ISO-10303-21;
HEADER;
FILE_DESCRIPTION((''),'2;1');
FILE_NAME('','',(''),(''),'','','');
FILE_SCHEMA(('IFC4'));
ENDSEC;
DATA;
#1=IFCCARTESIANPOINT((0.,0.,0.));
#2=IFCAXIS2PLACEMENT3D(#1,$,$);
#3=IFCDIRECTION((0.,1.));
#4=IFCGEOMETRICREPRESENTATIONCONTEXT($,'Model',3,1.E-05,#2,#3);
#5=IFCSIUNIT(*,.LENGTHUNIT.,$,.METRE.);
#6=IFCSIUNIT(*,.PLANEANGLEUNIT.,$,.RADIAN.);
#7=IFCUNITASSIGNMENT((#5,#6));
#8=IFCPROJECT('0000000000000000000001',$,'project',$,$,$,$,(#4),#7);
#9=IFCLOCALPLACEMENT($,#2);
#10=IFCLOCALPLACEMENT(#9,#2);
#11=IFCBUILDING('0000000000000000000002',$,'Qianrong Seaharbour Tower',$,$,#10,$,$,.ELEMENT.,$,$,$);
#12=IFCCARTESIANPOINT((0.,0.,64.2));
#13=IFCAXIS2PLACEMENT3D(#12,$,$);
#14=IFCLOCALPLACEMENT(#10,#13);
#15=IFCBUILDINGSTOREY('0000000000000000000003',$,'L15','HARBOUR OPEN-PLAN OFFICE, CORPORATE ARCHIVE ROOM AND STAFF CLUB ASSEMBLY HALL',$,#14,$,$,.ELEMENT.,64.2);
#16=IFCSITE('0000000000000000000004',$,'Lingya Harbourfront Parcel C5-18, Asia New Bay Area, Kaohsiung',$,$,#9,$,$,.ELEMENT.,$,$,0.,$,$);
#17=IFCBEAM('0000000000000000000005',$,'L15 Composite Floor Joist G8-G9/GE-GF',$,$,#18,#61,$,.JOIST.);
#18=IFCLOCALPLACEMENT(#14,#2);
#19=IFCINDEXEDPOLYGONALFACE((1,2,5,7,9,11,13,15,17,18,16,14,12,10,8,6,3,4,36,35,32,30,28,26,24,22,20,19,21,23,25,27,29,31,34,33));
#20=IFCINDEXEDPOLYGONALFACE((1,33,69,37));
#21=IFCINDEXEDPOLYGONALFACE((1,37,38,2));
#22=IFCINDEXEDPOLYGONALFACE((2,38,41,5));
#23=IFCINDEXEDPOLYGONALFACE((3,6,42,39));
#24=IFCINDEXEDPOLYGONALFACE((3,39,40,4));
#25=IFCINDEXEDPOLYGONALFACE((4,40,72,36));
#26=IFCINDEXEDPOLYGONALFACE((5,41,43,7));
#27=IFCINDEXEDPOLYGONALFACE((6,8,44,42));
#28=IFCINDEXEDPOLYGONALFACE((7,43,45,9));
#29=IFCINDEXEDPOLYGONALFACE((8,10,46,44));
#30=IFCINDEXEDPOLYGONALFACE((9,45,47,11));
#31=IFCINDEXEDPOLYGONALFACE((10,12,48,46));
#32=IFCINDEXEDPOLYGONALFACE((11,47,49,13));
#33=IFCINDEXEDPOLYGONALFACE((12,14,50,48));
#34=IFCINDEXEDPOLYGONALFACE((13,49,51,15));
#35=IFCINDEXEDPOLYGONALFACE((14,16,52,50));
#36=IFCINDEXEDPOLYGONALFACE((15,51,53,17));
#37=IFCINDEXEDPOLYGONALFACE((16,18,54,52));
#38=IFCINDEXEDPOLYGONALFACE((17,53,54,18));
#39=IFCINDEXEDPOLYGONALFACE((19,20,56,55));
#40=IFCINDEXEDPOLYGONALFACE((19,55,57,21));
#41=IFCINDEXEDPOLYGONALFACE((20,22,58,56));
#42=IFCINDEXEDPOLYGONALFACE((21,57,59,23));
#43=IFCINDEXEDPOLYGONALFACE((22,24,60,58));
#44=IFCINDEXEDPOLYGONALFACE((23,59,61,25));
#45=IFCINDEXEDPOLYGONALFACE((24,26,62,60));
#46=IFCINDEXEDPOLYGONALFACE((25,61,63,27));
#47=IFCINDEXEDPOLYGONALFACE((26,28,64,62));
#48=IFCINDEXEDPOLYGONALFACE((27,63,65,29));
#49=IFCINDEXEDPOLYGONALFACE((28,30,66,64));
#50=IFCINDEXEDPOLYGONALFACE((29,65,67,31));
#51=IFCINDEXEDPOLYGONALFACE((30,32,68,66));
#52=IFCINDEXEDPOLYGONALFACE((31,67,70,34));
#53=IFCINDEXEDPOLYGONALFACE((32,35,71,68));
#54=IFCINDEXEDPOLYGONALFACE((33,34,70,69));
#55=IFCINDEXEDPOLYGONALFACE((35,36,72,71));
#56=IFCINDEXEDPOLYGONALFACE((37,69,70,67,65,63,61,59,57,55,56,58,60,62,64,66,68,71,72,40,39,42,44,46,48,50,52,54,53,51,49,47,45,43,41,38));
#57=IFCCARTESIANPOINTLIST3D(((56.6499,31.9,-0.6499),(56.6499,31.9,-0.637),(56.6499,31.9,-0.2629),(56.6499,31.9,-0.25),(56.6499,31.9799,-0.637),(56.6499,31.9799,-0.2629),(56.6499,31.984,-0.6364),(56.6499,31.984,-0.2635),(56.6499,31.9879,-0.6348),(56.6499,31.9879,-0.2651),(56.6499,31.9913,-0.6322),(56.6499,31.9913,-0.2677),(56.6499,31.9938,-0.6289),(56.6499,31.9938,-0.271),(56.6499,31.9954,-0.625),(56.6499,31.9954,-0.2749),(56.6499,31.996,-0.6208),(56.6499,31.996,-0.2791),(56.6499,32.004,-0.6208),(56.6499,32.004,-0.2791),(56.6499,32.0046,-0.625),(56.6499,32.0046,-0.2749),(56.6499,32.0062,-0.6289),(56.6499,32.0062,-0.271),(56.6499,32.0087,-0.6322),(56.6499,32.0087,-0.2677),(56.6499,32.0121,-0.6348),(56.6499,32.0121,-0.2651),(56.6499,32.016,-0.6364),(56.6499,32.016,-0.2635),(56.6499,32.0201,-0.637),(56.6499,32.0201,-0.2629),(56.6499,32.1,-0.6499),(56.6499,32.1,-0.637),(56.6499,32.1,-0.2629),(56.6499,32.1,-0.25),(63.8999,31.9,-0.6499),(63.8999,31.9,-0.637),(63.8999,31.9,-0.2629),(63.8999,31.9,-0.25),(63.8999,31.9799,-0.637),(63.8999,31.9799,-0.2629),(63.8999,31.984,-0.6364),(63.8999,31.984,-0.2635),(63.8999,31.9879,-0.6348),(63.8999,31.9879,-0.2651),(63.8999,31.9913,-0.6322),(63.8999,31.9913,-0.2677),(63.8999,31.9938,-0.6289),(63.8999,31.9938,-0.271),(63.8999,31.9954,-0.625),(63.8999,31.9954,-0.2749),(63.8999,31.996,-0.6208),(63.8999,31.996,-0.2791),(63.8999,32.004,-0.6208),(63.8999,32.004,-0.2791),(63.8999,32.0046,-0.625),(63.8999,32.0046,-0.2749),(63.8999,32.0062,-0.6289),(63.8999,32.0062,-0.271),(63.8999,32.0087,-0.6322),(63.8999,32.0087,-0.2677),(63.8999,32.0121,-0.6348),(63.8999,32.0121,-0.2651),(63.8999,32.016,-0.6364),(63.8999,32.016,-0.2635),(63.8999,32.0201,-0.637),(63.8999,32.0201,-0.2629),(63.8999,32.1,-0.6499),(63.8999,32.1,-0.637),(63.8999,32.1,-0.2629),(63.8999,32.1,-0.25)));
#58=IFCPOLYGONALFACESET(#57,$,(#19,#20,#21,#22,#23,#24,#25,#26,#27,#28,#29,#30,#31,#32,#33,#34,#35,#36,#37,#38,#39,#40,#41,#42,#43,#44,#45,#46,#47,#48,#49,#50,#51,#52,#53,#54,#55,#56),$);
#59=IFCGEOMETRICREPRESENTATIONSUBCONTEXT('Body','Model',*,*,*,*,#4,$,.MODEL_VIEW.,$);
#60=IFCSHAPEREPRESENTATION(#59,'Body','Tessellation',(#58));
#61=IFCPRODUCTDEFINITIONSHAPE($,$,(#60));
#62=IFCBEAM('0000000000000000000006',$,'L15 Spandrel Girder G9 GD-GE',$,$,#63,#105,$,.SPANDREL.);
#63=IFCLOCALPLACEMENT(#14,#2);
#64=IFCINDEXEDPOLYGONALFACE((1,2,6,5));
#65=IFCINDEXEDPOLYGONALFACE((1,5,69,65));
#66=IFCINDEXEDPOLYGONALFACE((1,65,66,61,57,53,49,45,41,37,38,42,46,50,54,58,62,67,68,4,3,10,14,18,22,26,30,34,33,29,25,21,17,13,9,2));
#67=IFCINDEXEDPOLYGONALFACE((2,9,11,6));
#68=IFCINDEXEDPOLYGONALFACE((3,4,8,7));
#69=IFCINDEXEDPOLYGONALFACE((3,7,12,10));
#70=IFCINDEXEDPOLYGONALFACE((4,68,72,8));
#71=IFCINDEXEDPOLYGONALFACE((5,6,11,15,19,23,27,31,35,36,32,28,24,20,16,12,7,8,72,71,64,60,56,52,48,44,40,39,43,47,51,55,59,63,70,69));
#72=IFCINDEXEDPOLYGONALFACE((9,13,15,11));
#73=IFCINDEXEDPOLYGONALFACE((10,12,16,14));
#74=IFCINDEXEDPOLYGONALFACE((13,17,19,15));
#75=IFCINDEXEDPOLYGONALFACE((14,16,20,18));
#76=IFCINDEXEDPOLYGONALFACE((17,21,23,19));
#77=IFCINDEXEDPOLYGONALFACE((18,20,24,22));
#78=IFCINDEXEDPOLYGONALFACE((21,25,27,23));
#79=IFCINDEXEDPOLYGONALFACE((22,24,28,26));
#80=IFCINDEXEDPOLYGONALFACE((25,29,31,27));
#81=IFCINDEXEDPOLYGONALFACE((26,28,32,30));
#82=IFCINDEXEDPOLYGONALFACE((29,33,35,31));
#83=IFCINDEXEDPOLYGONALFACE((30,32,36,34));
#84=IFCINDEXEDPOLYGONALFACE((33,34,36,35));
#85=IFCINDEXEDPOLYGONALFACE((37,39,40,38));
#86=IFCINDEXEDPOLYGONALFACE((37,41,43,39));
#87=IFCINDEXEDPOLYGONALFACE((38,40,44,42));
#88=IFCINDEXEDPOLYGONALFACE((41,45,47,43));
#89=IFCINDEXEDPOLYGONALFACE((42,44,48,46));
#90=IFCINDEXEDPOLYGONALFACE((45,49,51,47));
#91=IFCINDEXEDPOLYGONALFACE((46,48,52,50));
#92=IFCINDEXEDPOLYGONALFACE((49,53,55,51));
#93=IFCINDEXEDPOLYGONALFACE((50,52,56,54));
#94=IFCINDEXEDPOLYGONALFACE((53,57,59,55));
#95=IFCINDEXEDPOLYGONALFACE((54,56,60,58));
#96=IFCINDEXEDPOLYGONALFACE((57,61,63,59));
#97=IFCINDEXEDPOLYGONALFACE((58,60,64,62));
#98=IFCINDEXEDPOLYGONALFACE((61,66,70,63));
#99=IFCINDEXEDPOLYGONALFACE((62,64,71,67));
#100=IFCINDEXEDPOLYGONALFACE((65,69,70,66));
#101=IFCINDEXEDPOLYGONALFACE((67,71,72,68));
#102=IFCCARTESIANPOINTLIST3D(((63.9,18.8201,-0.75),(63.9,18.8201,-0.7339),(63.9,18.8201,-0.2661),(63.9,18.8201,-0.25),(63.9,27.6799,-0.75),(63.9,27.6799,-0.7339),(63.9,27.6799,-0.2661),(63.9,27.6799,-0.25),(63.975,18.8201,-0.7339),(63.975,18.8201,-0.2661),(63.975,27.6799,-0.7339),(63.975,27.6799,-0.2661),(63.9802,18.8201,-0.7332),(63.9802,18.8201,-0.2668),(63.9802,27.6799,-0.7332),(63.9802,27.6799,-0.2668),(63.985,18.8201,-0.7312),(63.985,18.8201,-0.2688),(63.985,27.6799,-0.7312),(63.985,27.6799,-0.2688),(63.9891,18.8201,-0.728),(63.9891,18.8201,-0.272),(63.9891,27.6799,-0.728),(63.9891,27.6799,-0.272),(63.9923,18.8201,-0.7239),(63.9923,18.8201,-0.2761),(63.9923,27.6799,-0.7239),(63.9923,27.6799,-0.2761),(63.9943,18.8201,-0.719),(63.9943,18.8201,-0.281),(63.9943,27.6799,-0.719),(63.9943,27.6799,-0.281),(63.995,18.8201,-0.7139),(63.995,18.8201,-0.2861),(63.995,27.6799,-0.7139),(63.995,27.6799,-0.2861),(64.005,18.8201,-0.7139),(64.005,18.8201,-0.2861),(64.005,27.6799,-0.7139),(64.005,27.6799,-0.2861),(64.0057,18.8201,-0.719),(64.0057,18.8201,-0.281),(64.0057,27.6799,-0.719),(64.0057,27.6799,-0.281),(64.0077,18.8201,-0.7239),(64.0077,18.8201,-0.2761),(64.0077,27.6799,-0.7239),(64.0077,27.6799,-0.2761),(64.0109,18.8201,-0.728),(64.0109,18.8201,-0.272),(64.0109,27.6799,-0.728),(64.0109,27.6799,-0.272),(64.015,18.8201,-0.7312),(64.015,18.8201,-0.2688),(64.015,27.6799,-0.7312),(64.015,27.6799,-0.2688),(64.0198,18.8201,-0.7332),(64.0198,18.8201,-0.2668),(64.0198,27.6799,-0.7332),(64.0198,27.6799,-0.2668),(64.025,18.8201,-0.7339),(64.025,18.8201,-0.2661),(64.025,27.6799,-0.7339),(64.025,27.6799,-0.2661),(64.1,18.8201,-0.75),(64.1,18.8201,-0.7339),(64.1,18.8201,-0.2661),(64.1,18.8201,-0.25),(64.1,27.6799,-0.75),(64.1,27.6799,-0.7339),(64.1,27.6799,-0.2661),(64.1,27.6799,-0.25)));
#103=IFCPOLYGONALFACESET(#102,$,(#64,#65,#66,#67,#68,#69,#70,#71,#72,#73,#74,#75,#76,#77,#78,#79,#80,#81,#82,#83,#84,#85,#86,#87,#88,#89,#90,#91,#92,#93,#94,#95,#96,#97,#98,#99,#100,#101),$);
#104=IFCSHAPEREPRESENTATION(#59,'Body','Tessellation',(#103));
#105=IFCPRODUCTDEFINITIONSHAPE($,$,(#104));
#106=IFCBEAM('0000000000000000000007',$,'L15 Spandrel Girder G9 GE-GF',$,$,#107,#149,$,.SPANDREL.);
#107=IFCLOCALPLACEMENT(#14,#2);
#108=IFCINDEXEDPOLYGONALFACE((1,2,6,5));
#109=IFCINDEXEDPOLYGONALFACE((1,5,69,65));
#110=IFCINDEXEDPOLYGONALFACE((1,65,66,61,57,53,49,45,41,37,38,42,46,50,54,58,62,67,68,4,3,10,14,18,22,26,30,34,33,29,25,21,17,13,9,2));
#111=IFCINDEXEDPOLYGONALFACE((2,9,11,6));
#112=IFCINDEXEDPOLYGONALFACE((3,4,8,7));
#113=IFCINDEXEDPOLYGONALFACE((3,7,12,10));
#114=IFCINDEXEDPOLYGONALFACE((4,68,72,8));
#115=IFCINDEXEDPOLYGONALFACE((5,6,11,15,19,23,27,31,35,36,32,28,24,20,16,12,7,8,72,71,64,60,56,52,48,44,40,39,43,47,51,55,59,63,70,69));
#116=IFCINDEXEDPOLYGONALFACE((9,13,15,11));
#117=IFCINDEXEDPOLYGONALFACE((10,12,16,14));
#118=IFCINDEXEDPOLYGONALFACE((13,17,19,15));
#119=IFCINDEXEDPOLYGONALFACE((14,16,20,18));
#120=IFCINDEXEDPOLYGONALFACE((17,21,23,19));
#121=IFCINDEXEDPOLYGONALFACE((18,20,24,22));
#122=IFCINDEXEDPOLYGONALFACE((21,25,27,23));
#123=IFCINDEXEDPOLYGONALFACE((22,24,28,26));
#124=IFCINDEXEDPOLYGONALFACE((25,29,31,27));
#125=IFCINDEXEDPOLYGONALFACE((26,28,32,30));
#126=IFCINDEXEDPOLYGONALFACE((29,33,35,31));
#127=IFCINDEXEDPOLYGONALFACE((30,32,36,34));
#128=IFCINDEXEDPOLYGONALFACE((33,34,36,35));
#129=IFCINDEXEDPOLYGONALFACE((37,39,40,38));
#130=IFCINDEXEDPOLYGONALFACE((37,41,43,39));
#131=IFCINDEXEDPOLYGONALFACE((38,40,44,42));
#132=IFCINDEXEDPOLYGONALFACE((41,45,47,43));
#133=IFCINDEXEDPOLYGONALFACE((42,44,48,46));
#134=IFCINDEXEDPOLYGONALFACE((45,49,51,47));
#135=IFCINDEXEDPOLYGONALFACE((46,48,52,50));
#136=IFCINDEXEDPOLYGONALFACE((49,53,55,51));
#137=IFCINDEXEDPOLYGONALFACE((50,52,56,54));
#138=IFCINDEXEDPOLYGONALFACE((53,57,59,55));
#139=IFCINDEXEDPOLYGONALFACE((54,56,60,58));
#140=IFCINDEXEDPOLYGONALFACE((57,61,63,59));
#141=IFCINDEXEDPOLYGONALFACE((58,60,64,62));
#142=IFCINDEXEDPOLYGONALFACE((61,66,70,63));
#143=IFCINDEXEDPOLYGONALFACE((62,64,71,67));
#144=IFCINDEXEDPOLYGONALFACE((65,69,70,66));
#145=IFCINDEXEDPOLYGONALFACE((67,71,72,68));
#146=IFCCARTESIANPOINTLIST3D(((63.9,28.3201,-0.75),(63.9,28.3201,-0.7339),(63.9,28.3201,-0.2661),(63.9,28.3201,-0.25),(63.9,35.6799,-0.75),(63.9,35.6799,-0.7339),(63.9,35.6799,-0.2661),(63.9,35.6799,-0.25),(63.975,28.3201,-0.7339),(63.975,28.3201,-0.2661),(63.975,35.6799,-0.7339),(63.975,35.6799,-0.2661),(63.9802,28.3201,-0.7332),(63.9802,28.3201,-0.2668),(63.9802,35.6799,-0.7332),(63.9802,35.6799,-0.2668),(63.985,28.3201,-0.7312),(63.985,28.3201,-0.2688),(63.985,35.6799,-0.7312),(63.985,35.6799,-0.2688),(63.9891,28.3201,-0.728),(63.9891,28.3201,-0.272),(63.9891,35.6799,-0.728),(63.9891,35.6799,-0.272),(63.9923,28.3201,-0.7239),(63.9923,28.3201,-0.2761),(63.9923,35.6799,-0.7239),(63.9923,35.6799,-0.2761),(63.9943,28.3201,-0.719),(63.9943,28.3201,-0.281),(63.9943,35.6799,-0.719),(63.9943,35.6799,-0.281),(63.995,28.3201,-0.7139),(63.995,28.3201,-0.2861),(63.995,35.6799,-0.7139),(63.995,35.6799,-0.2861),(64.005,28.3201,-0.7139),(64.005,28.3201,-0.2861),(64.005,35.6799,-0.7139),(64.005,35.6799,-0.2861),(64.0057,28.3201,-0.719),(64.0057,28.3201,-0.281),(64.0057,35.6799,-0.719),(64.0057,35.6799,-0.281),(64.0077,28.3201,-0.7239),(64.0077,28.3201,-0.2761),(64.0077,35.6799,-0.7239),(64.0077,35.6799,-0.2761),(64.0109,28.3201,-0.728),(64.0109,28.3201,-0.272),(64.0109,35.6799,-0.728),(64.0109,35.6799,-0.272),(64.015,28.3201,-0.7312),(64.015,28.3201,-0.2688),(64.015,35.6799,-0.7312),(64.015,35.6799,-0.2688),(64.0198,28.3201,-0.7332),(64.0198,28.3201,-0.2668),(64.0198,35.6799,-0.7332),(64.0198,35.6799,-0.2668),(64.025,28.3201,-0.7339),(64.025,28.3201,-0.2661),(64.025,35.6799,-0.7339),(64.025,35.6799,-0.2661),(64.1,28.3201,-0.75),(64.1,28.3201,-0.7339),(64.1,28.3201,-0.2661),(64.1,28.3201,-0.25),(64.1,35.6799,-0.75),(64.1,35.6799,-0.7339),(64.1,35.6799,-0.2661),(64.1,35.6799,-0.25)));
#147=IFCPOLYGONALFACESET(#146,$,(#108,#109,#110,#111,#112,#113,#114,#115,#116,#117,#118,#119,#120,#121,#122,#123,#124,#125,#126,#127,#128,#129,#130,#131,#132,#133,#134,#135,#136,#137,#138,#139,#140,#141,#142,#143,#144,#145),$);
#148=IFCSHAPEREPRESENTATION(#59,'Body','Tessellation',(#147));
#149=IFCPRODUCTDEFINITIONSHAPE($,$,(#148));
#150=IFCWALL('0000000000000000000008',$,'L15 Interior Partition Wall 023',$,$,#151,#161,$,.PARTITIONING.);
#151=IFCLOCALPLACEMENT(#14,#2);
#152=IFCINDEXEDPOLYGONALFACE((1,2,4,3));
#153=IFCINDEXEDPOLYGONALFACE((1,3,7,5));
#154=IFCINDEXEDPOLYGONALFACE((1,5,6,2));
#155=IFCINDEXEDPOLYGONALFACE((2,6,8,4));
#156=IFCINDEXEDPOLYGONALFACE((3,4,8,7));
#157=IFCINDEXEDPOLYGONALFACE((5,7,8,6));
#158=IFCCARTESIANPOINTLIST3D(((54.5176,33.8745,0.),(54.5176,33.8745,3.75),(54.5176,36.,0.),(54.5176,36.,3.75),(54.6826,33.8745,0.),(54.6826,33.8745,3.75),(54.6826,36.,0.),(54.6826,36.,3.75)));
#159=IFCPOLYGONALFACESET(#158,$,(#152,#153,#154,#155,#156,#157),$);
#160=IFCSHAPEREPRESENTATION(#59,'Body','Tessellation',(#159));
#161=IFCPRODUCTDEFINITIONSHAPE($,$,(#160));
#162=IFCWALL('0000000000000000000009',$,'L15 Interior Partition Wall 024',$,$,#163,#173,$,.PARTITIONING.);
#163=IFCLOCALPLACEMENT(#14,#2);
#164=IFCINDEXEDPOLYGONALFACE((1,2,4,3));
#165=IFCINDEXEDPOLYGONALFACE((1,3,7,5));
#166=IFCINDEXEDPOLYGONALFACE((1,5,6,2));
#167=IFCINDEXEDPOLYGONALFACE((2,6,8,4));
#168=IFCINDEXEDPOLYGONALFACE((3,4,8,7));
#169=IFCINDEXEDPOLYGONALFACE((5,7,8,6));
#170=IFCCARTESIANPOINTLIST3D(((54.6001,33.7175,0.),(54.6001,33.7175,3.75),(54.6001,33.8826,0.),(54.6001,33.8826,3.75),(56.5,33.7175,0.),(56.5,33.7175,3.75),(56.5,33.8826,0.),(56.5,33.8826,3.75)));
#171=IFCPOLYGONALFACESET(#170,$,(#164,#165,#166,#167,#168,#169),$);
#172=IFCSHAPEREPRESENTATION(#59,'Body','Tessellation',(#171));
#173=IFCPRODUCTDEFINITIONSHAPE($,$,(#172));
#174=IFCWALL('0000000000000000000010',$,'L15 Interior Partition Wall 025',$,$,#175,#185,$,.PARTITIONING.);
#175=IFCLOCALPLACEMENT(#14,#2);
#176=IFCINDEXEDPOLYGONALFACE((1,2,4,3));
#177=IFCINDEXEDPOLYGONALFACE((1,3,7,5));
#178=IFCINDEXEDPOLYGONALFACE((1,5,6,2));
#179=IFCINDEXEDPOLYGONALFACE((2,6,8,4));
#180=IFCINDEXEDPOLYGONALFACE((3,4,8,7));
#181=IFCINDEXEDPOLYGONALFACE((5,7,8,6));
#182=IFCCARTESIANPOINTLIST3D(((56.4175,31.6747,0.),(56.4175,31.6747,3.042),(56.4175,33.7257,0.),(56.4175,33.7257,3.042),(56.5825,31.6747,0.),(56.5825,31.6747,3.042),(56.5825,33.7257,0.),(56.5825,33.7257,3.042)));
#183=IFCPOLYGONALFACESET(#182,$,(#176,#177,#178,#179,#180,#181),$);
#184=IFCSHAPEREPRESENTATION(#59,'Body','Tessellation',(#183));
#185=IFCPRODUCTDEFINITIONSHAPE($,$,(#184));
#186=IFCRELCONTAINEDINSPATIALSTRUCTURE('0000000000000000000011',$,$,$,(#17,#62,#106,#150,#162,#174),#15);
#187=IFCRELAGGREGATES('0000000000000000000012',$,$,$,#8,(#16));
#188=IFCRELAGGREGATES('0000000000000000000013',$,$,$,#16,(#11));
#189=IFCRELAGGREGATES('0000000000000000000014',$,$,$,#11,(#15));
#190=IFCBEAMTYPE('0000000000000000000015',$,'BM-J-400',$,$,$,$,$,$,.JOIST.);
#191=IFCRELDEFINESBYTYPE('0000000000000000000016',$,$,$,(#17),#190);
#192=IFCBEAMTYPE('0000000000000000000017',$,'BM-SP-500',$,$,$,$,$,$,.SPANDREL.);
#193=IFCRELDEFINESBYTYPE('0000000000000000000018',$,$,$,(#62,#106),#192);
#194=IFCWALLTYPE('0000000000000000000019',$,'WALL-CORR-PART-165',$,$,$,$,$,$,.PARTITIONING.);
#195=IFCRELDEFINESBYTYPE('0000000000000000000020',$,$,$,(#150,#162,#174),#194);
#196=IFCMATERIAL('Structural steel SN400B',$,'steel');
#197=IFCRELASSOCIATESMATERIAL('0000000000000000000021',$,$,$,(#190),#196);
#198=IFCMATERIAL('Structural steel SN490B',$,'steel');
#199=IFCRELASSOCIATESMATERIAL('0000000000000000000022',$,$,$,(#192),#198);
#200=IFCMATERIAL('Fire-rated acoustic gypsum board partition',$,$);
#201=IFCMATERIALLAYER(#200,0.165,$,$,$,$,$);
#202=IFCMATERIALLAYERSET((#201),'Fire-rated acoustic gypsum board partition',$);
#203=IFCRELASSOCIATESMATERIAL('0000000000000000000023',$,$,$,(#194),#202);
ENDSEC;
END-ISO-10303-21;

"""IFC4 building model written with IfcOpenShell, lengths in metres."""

from ifc_helpers import new_model, si_unit, direction, frame, frame_2d, origin, origin_2d, place, context, subcontext, project, spatial, rectangle, i_section, extrude, material, layer, layer_set, material_profile, profile_set, type_object, element, save


model = new_model("IFC4")

# Units and contexts
model_context = context("Model", 3, precision=1e-05, world=origin(), true_north=direction((0.0, 1.0)))
body_context = subcontext(model_context, "Body", "Model", "MODEL_VIEW")
ifc_project = project(units=[si_unit("LENGTHUNIT", "METRE"), si_unit("PLANEANGLEUNIT", "RADIAN")], contexts=[model_context])

# Site, building, storey
site_placement = place(None, origin())
site = spatial("IfcSite", under=ifc_project, at=site_placement, Name="Lingya Harbourfront Parcel C5-18, Asia New Bay Area, Kaohsiung", CompositionType="ELEMENT", RefElevation=0.0)
building_placement = place(site_placement, origin())
building = spatial("IfcBuilding", under=site, at=building_placement, Name="Qianrong Seaharbour Tower", CompositionType="ELEMENT")
storey_placement = place(building_placement, frame((0.0, 0.0, 64.2)))
storey = spatial("IfcBuildingStorey", under=building, at=storey_placement, Name="L15", Description="HARBOUR OPEN-PLAN OFFICE, CORPORATE ARCHIVE ROOM AND STAFF CLUB ASSEMBLY HALL", CompositionType="ELEMENT", Elevation=64.2)

# Shared definitions
ifc_material_1 = material(Name="Structural steel SN490B", Category="steel")

# Beams
ifc_material_2 = material(Name="Structural steel SN400B", Category="steel")
ifc_material_profile_1 = material_profile(ifc_material_2, i_section(OverallWidth=0.2, OverallDepth=0.3999, WebThickness=0.0081, FlangeThickness=0.0129, FilletRadius=0.0161, at=origin_2d()), Name="H400x200x8x13")
ifc_profile_set_1 = profile_set([ifc_material_profile_1], Name="Structural steel SN400B")
beam_type_1 = type_object("IfcBeamType", Name="BM-J-400", PredefinedType="JOIST", material=ifc_profile_set_1)
for number, where, z_axis, x_axis, name in (
    (1, (56.6499, 32.0, -0.45), (1.0, 0.0, 0.0), (0.0, 1.0, 0.0), "L15 Composite Floor Joist G8-G9/GE-GF"),
):
    element("IfcBeam", number, at=place(storey_placement, frame(where, z_axis=z_axis, x_axis=x_axis)), inside=storey, type_object=beam_type_1, Name=name, PredefinedType="JOIST", context=body_context, shape_type="SweptSolid", body=[
        extrude(i_section(OverallWidth=0.2, OverallDepth=0.3999, WebThickness=0.0081, FlangeThickness=0.0129, FilletRadius=0.0161, at=origin_2d()), origin(), (0.0, 0.0, 1.0), 7.25),
    ])
ifc_material_profile_2 = material_profile(ifc_material_1, i_section(OverallWidth=0.2, OverallDepth=0.5, WebThickness=0.01, FlangeThickness=0.0161, FilletRadius=0.02, at=origin_2d()), Name="H500x200x10x16")
ifc_profile_set_2 = profile_set([ifc_material_profile_2], Name="Structural steel SN490B")
beam_type_2 = type_object("IfcBeamType", Name="BM-SP-500", PredefinedType="SPANDREL", material=ifc_profile_set_2)
beam_1_placement = place(storey_placement, frame((64.0, 18.8201, -0.5), z_axis=(0.0, 1.0, 0.0), x_axis=(-1.0, 0.0, 0.0)))
element("IfcBeam", 2, at=beam_1_placement, inside=storey, type_object=beam_type_2, Name="L15 Spandrel Girder G9 GD-GE", PredefinedType="SPANDREL", context=body_context, shape_type="SweptSolid", body=[
    extrude(i_section(OverallWidth=0.2, OverallDepth=0.5, WebThickness=0.01, FlangeThickness=0.0161, FilletRadius=0.02, at=origin_2d()), origin(), (0.0, 0.0, 1.0), 8.8599),
])
beam_2_placement = place(storey_placement, frame((64.0, 28.3201, -0.5), z_axis=(0.0, 1.0, 0.0), x_axis=(-1.0, 0.0, 0.0)))
element("IfcBeam", 3, at=beam_2_placement, inside=storey, type_object=beam_type_2, Name="L15 Spandrel Girder G9 GE-GF", PredefinedType="SPANDREL", context=body_context, shape_type="SweptSolid", body=[
    extrude(i_section(OverallWidth=0.2, OverallDepth=0.5, WebThickness=0.01, FlangeThickness=0.0161, FilletRadius=0.02, at=origin_2d()), origin(), (0.0, 0.0, 1.0), 7.3599),
])

# Walls
ifc_material_3 = material(Name="Fire-rated acoustic gypsum board partition")
ifc_layer_1 = layer(ifc_material_3, 0.165)
ifc_layer_set_1 = layer_set([ifc_layer_1], Name="Fire-rated acoustic gypsum board partition")
wall_type_1 = type_object("IfcWallType", Name="WALL-CORR-PART-165", PredefinedType="PARTITIONING", material=ifc_layer_set_1)
wall_1_placement = place(storey_placement, frame((54.6001, 36.0, 0.0), z_axis=(0.0, 0.0, 1.0), x_axis=(0.0, -1.0, 0.0)))
element("IfcWall", 4, at=wall_1_placement, inside=storey, type_object=wall_type_1, Name="L15 Interior Partition Wall 023", PredefinedType="PARTITIONING", context=body_context, shape_type="SweptSolid", body=[
    extrude(rectangle(XDim=2.1255, YDim=0.165, at=frame_2d((1.0627, 0.0))), origin(), (0.0, 0.0, 1.0), 3.75),
])
wall_2_placement = place(storey_placement, frame((54.6001, 33.8, 0.0), z_axis=(0.0, 0.0, 1.0), x_axis=(1.0, 0.0, 0.0)))
element("IfcWall", 5, at=wall_2_placement, inside=storey, type_object=wall_type_1, Name="L15 Interior Partition Wall 024", PredefinedType="PARTITIONING", context=body_context, shape_type="SweptSolid", body=[
    extrude(rectangle(XDim=1.8999, YDim=0.165, at=frame_2d((0.95, 0.0))), origin(), (0.0, 0.0, 1.0), 3.75),
])
wall_3_placement = place(storey_placement, frame((56.5, 33.7256, 0.0), z_axis=(0.0, 0.0, 1.0), x_axis=(0.0, -1.0, 0.0)))
element("IfcWall", 6, at=wall_3_placement, inside=storey, type_object=wall_type_1, Name="L15 Interior Partition Wall 025", PredefinedType="PARTITIONING", context=body_context, shape_type="SweptSolid", body=[
    extrude(rectangle(XDim=2.051, YDim=0.165, at=frame_2d((1.0254, 0.0))), origin(), (0.0, 0.0, 1.0), 3.042),
])

save(model, "model.ifc")
